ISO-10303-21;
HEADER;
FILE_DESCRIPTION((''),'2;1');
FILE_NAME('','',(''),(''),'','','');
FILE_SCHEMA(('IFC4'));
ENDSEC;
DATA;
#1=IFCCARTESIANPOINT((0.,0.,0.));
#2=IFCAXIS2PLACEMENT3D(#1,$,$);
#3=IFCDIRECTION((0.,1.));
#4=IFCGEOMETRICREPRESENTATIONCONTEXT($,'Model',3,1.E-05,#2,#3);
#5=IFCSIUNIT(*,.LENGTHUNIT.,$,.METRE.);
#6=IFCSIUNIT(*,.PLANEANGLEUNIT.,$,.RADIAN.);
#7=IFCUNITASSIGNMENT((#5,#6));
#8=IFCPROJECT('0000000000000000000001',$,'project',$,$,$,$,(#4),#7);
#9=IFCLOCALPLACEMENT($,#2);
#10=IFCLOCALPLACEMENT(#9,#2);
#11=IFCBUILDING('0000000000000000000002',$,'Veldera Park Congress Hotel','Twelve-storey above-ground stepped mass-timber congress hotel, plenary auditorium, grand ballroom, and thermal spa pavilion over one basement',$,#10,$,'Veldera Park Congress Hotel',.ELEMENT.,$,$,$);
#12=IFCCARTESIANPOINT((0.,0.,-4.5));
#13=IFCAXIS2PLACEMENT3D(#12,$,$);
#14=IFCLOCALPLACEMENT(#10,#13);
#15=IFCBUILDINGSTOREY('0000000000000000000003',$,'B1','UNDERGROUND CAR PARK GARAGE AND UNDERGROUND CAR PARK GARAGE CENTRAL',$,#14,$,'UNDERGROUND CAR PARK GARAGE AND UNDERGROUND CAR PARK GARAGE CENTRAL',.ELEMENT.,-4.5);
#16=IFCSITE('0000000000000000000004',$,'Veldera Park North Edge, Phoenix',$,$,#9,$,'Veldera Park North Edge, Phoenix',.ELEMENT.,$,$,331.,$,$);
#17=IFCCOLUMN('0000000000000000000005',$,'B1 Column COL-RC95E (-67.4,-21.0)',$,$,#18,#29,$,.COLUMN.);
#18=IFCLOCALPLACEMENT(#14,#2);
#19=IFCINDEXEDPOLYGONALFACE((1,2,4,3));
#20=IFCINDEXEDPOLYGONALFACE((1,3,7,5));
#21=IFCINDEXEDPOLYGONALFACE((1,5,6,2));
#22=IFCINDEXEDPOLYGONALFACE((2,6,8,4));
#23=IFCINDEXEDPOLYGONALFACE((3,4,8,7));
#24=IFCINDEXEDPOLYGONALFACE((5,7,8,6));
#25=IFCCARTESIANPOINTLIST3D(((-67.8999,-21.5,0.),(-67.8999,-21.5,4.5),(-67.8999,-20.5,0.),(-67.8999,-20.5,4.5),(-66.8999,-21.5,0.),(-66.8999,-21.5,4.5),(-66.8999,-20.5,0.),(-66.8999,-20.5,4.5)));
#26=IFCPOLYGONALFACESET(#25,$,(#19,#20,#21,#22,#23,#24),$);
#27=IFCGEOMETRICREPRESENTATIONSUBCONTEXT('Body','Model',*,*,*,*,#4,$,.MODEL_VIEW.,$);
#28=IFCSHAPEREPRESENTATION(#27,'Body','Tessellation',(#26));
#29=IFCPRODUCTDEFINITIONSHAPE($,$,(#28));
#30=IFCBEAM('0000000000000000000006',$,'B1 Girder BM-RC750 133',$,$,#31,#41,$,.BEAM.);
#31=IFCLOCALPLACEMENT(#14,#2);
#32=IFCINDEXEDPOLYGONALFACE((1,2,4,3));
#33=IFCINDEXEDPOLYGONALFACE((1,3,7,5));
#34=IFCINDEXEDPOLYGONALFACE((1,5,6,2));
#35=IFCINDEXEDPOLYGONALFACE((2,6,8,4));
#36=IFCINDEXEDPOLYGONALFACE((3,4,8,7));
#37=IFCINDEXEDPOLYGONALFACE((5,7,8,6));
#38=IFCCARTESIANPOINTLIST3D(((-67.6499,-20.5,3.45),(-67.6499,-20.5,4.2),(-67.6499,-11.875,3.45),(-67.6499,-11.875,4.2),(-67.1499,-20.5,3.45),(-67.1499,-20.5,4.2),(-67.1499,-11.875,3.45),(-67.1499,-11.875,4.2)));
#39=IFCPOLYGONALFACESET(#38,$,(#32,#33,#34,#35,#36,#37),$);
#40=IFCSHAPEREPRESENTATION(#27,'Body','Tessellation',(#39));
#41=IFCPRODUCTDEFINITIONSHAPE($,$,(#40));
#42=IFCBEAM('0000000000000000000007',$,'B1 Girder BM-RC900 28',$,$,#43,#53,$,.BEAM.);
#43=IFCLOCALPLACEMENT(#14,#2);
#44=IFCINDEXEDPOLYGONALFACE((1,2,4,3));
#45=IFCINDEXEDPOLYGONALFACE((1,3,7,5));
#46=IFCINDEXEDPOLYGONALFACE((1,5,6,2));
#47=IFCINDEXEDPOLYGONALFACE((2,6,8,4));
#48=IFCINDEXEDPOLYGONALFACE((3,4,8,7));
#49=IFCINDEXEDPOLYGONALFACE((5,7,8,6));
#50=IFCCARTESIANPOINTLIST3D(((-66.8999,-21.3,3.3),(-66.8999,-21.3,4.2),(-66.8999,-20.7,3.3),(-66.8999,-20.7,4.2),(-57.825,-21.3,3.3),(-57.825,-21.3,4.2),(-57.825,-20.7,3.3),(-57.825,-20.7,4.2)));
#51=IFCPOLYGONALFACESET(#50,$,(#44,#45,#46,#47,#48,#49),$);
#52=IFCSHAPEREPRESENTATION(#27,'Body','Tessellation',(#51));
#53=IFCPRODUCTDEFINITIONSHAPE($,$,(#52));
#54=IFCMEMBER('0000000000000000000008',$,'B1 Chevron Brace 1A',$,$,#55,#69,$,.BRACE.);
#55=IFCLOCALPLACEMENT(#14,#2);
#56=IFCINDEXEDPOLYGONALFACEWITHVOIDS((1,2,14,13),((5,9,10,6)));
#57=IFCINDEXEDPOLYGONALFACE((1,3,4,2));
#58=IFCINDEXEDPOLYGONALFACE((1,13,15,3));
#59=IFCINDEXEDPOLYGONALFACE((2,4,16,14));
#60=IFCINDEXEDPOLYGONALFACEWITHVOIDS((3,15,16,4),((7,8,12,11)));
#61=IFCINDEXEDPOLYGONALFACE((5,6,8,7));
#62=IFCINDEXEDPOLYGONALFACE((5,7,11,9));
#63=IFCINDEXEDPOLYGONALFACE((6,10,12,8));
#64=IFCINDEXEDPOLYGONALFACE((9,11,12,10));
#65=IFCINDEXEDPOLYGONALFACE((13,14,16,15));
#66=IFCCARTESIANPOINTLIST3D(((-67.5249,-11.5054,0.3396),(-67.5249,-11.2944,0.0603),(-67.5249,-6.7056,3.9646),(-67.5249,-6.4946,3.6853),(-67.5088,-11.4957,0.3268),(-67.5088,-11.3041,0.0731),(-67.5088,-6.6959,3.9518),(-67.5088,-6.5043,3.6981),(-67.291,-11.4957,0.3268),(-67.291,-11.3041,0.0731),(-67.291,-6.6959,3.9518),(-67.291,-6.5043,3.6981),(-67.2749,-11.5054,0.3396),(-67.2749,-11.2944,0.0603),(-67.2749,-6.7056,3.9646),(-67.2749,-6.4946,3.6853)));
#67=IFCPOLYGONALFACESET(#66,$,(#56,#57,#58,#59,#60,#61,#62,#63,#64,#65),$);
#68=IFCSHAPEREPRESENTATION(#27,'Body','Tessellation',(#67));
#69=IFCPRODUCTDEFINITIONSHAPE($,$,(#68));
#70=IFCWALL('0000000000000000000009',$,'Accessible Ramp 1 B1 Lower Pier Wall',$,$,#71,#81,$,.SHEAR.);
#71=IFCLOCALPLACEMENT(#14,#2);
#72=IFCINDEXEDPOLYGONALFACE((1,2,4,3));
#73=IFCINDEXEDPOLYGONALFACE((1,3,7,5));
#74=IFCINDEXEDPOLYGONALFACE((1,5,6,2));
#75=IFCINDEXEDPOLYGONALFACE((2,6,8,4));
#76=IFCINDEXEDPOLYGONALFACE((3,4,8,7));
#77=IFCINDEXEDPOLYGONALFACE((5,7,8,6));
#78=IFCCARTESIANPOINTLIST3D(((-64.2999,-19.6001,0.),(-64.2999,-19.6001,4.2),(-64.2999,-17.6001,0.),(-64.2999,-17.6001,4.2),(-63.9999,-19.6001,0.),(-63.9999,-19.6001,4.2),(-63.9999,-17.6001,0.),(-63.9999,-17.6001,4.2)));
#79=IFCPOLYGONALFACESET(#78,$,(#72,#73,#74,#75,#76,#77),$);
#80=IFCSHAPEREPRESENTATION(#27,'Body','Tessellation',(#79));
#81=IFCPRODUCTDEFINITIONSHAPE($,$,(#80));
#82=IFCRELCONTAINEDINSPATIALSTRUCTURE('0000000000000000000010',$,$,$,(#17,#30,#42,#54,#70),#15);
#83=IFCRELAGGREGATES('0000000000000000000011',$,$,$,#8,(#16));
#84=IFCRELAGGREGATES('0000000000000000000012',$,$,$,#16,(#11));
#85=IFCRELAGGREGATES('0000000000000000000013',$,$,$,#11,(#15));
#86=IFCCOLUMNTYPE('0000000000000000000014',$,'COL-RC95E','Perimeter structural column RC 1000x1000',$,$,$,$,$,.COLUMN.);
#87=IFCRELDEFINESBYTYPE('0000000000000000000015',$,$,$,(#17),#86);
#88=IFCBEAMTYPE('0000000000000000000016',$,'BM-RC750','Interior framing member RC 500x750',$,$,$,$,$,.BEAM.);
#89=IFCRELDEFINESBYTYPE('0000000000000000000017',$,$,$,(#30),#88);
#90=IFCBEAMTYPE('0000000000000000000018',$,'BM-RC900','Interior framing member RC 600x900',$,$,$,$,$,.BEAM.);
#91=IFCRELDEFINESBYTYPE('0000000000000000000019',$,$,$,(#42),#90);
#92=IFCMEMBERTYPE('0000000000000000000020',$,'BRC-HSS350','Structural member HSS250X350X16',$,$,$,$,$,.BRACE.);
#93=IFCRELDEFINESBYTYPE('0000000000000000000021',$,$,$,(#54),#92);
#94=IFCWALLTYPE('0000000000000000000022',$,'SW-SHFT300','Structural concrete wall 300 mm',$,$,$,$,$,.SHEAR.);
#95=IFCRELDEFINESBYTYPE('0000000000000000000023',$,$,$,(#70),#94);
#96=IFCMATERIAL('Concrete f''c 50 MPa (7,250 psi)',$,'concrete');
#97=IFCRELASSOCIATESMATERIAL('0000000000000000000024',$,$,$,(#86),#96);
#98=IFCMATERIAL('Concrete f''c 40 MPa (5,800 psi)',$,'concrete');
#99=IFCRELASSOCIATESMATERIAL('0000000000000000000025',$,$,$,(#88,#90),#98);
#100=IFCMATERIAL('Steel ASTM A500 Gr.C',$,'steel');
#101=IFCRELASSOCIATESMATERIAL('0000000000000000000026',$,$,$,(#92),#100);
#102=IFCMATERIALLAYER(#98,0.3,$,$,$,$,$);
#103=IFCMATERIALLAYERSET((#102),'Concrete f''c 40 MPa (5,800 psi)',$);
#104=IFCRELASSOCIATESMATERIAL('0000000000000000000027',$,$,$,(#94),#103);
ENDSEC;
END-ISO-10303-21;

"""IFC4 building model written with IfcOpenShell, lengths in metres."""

from ifc_helpers import new_model, si_unit, direction, frame, frame_2d, origin, origin_2d, place, context, subcontext, project, spatial, rectangle, hollow_rectangle, extrude, material, layer, layer_set, material_profile, profile_set, type_object, element, save


model = new_model("IFC4")

# Units and contexts
model_context = context("Model", 3, precision=1e-05, world=origin(), true_north=direction((0.0, 1.0)))
body_context = subcontext(model_context, "Body", "Model", "MODEL_VIEW")
ifc_project = project(units=[si_unit("LENGTHUNIT", "METRE"), si_unit("PLANEANGLEUNIT", "RADIAN")], contexts=[model_context])

# Site, building, storey
site_placement = place(None, origin())
site = spatial("IfcSite", under=ifc_project, at=site_placement, Name="Veldera Park North Edge, Phoenix", LongName="Veldera Park North Edge, Phoenix", CompositionType="ELEMENT", RefElevation=331.0)
building_placement = place(site_placement, origin())
building = spatial("IfcBuilding", under=site, at=building_placement, Name="Veldera Park Congress Hotel", Description="Twelve-storey above-ground stepped mass-timber congress hotel, plenary auditorium, grand ballroom, and thermal spa pavilion over one basement", LongName="Veldera Park Congress Hotel", CompositionType="ELEMENT")
storey_placement = place(building_placement, frame((0.0, 0.0, -4.5)))
storey = spatial("IfcBuildingStorey", under=building, at=storey_placement, Name="B1", Description="UNDERGROUND CAR PARK GARAGE AND UNDERGROUND CAR PARK GARAGE CENTRAL", LongName="UNDERGROUND CAR PARK GARAGE AND UNDERGROUND CAR PARK GARAGE CENTRAL", CompositionType="ELEMENT", Elevation=-4.5)

# Shared definitions
ifc_material_1 = material(Name="Concrete f'c 40 MPa (5,800 psi)", Category="concrete")

# Column
ifc_material_2 = material(Name="Concrete f'c 50 MPa (7,250 psi)", Category="concrete")
ifc_material_profile_1 = material_profile(ifc_material_2, rectangle(XDim=1.0, YDim=1.0, at=origin_2d()), Name="RC 1000x1000")
ifc_profile_set_1 = profile_set([ifc_material_profile_1], Name="Concrete f'c 50 MPa (7,250 psi)")
column_type_1 = type_object("IfcColumnType", Name="COL-RC95E", Description="Perimeter structural column RC 1000x1000", PredefinedType="COLUMN", material=ifc_profile_set_1)
column_1_placement = place(storey_placement, frame((-67.3999, -21.0, 0.0), z_axis=(0.0, 0.0, 1.0), x_axis=(1.0, 0.0, 0.0)))
element("IfcColumn", 1, at=column_1_placement, inside=storey, type_object=column_type_1, Name="B1 Column COL-RC95E (-67.4,-21.0)", PredefinedType="COLUMN", context=body_context, shape_type="SweptSolid", body=[
    extrude(rectangle(XDim=1.0, YDim=1.0, at=origin_2d()), origin(), (0.0, 0.0, 1.0), 4.5),
])

# Beams
ifc_material_profile_2 = material_profile(ifc_material_1, rectangle(XDim=0.5, YDim=0.75, at=origin_2d()), Name="RC 500x750")
ifc_profile_set_2 = profile_set([ifc_material_profile_2], Name="Concrete f'c 40 MPa (5,800 psi)")
beam_type_1 = type_object("IfcBeamType", Name="BM-RC750", Description="Interior framing member RC 500x750", PredefinedType="BEAM", material=ifc_profile_set_2)
beam_1_placement = place(storey_placement, frame((-67.3999, -20.5, 3.825), z_axis=(0.0, 1.0, 0.0), x_axis=(-1.0, 0.0, 0.0)))
element("IfcBeam", 2, at=beam_1_placement, inside=storey, type_object=beam_type_1, Name="B1 Girder BM-RC750 133", PredefinedType="BEAM", context=body_context, shape_type="SweptSolid", body=[
    extrude(rectangle(XDim=0.5, YDim=0.75, at=origin_2d()), origin(), (0.0, 0.0, 1.0), 8.625),
])
ifc_material_profile_3 = material_profile(ifc_material_1, rectangle(XDim=0.6001, YDim=0.8999, at=origin_2d()), Name="RC 600x900")
ifc_profile_set_3 = profile_set([ifc_material_profile_3], Name="Concrete f'c 40 MPa (5,800 psi)")
beam_type_2 = type_object("IfcBeamType", Name="BM-RC900", Description="Interior framing member RC 600x900", PredefinedType="BEAM", material=ifc_profile_set_3)
beam_2_placement = place(storey_placement, frame((-66.8999, -21.0, 3.75), z_axis=(1.0, 0.0, 0.0), x_axis=(0.0, 1.0, 0.0)))
element("IfcBeam", 3, at=beam_2_placement, inside=storey, type_object=beam_type_2, Name="B1 Girder BM-RC900 28", PredefinedType="BEAM", context=body_context, shape_type="SweptSolid", body=[
    extrude(rectangle(XDim=0.6001, YDim=0.8999, at=origin_2d()), origin(), (0.0, 0.0, 1.0), 9.075),
])

# Member
ifc_material_3 = material(Name="Steel ASTM A500 Gr.C", Category="steel")
ifc_material_profile_4 = material_profile(ifc_material_3, hollow_rectangle(XDim=0.25, YDim=0.3501, WallThickness=0.0161, at=origin_2d()), Name="HSS250X350X16")
ifc_profile_set_4 = profile_set([ifc_material_profile_4], Name="Steel ASTM A500 Gr.C")
member_type = type_object("IfcMemberType", Name="BRC-HSS350", Description="Structural member HSS250X350X16", PredefinedType="BRACE", material=ifc_profile_set_4)
member_placement = place(storey_placement, frame((-67.3999, -11.3999, 0.2), z_axis=(0.0, 0.797989, 0.602672), x_axis=(-1.0, 0.0, 0.0)))
element("IfcMember", 4, at=member_placement, inside=storey, type_object=member_type, Name="B1 Chevron Brace 1A", PredefinedType="BRACE", context=body_context, shape_type="SweptSolid", body=[
    extrude(hollow_rectangle(XDim=0.25, YDim=0.3501, WallThickness=0.0161, at=origin_2d()), origin(), (0.0, 0.0, 1.0), 6.0149),
])

# Wall
ifc_layer = layer(ifc_material_1, 0.3)
ifc_layer_set = layer_set([ifc_layer], Name="Concrete f'c 40 MPa (5,800 psi)")
wall_type = type_object("IfcWallType", Name="SW-SHFT300", Description="Structural concrete wall 300 mm", PredefinedType="SHEAR", material=ifc_layer_set)
wall_placement = place(storey_placement, frame((-64.1499, -19.6001, 0.0), z_axis=(0.0, 0.0, 1.0), x_axis=(0.0, 1.0, 0.0)))
element("IfcWall", 5, at=wall_placement, inside=storey, type_object=wall_type, Name="Accessible Ramp 1 B1 Lower Pier Wall", PredefinedType="SHEAR", context=body_context, shape_type="SweptSolid", body=[
    extrude(rectangle(XDim=2.0, YDim=0.3, at=frame_2d((1.0, 0.0))), origin(), (0.0, 0.0, 1.0), 4.2),
])

save(model, "model.ifc")
